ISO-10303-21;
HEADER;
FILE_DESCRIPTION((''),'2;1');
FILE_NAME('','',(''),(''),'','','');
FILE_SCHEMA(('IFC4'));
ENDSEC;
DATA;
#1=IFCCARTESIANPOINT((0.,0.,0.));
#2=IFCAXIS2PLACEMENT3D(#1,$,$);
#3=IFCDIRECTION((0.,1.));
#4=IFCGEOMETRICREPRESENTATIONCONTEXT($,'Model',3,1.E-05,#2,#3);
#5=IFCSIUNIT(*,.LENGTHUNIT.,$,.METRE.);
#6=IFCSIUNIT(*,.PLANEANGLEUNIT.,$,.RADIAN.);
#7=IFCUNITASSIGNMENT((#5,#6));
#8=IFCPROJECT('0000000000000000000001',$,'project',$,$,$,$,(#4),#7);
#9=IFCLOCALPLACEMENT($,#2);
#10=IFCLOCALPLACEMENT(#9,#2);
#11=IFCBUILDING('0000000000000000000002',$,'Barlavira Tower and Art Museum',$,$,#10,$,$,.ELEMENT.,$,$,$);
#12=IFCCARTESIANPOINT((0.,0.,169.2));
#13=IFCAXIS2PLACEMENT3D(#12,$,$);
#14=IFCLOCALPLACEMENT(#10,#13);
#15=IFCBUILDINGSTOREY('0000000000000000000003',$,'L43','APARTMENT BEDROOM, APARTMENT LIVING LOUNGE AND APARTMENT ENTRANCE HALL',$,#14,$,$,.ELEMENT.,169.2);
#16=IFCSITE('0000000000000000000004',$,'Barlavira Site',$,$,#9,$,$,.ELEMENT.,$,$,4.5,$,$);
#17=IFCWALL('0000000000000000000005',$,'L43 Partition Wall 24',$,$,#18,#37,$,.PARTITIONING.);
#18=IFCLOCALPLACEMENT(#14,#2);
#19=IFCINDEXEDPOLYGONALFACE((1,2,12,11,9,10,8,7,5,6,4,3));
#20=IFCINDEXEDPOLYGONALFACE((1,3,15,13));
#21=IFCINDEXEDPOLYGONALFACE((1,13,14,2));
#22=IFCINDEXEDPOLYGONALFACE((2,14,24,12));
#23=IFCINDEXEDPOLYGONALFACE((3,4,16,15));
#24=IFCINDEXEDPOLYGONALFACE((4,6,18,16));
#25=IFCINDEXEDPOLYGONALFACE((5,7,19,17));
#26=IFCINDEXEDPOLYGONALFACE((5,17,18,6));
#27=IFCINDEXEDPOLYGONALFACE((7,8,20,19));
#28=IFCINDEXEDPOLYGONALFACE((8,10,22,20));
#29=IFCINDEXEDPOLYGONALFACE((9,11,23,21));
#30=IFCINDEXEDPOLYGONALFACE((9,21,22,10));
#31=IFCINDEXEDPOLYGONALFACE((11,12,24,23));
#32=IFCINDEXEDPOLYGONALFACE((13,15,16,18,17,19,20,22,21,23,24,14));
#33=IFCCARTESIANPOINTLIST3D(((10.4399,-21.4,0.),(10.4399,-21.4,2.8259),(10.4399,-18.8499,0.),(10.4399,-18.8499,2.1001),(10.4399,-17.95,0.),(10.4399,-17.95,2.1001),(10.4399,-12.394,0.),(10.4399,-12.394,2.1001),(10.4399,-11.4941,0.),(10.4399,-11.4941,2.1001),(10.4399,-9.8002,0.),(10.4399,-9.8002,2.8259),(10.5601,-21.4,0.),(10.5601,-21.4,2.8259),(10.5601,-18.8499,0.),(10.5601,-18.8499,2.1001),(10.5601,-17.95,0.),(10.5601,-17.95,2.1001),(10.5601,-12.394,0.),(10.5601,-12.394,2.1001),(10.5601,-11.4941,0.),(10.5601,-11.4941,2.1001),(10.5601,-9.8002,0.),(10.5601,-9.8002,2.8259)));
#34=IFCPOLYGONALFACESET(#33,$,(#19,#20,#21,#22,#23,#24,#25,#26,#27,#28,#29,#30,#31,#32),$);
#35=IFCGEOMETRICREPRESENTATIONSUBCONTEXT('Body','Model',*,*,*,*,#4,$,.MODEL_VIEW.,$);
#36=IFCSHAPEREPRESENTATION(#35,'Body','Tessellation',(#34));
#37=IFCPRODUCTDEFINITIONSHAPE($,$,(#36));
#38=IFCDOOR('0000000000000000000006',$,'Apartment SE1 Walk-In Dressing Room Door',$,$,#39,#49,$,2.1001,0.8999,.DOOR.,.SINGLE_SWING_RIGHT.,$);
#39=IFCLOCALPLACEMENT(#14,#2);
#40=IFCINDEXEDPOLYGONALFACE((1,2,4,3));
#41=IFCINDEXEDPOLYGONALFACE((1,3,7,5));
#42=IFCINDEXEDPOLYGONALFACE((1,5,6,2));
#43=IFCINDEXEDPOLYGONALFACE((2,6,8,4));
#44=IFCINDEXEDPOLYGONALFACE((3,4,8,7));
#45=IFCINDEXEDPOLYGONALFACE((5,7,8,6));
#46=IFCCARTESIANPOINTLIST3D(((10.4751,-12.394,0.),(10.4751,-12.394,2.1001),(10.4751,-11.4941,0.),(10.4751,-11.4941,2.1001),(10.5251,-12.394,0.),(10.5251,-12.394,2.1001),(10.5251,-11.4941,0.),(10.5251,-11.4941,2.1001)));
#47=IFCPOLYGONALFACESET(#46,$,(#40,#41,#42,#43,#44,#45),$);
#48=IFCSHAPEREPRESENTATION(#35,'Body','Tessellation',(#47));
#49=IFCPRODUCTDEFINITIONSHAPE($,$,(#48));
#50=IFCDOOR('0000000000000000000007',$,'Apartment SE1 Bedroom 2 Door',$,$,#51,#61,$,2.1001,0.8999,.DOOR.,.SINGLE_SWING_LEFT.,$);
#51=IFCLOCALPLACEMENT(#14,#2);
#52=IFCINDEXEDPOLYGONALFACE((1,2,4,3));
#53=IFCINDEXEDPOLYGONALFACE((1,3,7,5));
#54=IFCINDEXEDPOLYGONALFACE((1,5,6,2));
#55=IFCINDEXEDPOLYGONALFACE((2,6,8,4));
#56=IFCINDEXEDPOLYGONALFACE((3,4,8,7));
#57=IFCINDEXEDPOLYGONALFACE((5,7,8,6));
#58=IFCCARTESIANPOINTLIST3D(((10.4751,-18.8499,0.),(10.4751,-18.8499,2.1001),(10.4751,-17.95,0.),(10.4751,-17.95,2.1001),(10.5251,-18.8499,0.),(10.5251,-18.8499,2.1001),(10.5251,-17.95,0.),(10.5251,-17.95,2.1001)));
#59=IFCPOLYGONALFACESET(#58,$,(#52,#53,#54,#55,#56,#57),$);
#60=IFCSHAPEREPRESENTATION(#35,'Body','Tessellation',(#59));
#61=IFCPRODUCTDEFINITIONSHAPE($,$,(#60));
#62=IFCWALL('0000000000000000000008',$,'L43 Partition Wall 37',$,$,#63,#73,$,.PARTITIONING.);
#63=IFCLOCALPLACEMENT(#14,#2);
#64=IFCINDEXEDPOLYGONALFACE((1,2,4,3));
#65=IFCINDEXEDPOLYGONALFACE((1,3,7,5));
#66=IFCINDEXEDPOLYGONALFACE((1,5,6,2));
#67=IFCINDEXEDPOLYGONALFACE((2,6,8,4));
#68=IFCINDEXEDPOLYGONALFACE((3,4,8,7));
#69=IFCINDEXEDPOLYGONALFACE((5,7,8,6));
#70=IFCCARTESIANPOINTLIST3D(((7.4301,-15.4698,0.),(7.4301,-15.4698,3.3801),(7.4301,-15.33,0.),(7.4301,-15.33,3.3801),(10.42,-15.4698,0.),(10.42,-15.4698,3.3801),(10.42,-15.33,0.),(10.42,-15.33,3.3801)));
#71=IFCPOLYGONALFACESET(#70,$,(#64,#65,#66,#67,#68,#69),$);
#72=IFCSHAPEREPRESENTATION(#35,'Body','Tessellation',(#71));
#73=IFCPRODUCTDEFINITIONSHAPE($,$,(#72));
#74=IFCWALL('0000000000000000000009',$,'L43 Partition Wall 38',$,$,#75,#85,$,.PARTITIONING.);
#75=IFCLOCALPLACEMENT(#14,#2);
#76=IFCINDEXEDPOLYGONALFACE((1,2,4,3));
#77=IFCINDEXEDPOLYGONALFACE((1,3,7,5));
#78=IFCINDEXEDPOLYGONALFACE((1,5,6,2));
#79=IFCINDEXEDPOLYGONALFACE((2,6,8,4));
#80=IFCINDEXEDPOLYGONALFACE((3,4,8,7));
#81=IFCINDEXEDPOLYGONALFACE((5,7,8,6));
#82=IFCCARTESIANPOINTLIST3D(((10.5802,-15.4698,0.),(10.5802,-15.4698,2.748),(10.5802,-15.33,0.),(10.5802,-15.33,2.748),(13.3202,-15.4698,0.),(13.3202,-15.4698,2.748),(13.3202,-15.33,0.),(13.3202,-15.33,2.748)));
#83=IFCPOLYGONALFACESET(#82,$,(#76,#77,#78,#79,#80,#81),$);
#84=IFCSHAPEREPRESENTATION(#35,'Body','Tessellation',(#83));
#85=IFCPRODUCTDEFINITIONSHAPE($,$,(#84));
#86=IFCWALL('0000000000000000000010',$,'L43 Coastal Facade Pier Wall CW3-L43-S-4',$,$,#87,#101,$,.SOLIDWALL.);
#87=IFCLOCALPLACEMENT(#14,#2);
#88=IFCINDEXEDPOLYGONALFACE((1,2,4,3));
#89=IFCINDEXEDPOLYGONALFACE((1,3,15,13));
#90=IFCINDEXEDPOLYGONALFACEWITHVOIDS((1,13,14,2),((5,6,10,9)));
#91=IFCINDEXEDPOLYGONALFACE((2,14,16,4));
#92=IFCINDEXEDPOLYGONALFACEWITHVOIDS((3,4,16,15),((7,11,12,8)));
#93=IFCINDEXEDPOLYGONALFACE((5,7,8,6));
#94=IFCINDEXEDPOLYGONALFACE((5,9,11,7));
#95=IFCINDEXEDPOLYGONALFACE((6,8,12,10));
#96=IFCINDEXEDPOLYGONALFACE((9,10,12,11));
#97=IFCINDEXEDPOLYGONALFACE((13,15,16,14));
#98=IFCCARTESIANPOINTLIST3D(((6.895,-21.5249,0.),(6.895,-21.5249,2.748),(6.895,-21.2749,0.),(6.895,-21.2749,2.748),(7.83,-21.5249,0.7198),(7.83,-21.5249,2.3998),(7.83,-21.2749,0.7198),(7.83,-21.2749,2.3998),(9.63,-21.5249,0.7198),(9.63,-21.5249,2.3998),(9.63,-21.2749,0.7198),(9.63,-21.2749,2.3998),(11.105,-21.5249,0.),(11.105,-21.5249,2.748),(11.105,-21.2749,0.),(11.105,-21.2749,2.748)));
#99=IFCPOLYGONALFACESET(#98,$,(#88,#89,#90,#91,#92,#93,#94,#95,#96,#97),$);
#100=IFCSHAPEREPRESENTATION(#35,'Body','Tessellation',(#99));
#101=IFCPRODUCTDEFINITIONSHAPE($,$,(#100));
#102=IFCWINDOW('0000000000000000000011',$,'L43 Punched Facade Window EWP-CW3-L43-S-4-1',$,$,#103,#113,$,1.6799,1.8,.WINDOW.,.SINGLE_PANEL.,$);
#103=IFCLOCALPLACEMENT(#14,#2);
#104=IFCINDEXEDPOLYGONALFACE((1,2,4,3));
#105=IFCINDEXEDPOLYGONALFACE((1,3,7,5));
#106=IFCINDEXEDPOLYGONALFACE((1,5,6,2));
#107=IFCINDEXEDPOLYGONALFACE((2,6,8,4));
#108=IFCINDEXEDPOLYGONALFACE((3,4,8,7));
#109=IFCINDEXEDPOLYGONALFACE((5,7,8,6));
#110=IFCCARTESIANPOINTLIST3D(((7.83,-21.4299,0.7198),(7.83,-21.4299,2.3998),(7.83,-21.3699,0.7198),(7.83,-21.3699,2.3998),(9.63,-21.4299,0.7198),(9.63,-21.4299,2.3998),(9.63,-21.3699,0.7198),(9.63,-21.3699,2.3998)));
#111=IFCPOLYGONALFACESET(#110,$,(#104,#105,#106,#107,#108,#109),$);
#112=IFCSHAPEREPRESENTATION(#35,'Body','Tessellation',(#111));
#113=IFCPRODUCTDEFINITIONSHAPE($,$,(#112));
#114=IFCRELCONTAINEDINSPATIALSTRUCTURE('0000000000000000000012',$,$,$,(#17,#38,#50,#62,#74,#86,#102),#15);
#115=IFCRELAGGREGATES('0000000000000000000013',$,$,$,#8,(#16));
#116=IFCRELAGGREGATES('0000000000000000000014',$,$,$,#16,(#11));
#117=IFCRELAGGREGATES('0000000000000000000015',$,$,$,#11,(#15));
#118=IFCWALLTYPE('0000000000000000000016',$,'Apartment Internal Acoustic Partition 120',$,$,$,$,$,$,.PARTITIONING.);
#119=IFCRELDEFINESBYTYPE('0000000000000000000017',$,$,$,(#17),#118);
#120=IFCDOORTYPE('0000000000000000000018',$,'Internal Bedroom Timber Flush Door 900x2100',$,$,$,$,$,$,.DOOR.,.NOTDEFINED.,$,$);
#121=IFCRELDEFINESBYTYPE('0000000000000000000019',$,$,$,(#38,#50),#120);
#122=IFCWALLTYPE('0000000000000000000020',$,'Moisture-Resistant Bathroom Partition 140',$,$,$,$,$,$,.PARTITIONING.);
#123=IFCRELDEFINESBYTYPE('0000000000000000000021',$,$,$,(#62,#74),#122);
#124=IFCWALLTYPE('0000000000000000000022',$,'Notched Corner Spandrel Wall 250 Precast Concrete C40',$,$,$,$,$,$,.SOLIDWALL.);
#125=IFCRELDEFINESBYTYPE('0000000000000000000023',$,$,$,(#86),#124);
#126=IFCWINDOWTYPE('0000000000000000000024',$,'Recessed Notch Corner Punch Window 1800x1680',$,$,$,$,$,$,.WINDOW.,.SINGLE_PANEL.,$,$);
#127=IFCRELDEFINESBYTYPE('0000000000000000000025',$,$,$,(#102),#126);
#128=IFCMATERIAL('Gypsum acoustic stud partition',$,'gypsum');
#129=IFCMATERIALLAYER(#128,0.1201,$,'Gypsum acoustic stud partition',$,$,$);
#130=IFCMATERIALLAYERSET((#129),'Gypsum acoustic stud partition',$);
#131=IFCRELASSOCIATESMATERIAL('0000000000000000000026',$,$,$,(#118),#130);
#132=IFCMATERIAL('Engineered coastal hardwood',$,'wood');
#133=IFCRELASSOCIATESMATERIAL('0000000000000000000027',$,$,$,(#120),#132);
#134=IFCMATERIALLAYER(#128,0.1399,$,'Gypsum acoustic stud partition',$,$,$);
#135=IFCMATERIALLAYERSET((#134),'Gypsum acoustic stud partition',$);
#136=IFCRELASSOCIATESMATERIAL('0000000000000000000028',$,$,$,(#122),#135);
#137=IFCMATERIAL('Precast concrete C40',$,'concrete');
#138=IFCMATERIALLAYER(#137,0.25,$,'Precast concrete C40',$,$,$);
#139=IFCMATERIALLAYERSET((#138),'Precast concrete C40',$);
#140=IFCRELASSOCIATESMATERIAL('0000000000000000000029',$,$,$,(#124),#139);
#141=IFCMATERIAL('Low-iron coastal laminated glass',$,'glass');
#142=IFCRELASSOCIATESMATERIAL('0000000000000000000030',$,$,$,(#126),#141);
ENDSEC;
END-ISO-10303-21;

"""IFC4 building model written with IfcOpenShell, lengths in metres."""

from ifc_helpers import new_model, si_unit, direction, frame, frame_2d, origin, place, context, subcontext, project, spatial, rectangle, extrude, material, layer, layer_set, type_object, element, fill, save


model = new_model("IFC4")

# Units and contexts
model_context = context("Model", 3, precision=1e-05, world=origin(), true_north=direction((0.0, 1.0)))
body_context = subcontext(model_context, "Body", "Model", "MODEL_VIEW")
ifc_project = project(units=[si_unit("LENGTHUNIT", "METRE"), si_unit("PLANEANGLEUNIT", "RADIAN")], contexts=[model_context])

# Site, building, storey
site_placement = place(None, origin())
site = spatial("IfcSite", under=ifc_project, at=site_placement, Name="Barlavira Site", CompositionType="ELEMENT", RefElevation=4.5)
building_placement = place(site_placement, origin())
building = spatial("IfcBuilding", under=site, at=building_placement, Name="Barlavira Tower and Art Museum", CompositionType="ELEMENT")
storey_placement = place(building_placement, frame((0.0, 0.0, 169.2)))
storey = spatial("IfcBuildingStorey", under=building, at=storey_placement, Name="L43", Description="APARTMENT BEDROOM, APARTMENT LIVING LOUNGE AND APARTMENT ENTRANCE HALL", CompositionType="ELEMENT", Elevation=169.2)

# Shared definitions
ifc_material_1 = material(Name="Gypsum acoustic stud partition", Category="gypsum")
ifc_layer_1 = layer(ifc_material_1, 0.1201, Name="Gypsum acoustic stud partition")
ifc_layer_set_1 = layer_set([ifc_layer_1], Name="Gypsum acoustic stud partition")
wall_type_1 = type_object("IfcWallType", Name="Apartment Internal Acoustic Partition 120", PredefinedType="PARTITIONING", material=ifc_layer_set_1)
ifc_material_2 = material(Name="Engineered coastal hardwood", Category="wood")

# Wall, openings, doors
wall_1_placement = place(storey_placement, frame((10.5, -21.3999, 0.0), z_axis=(0.0, 0.0, 1.0), x_axis=(0.0, 1.0, 0.0)))
wall_1 = element("IfcWall", 1, at=wall_1_placement, inside=storey, type_object=wall_type_1, Name="L43 Partition Wall 24", PredefinedType="PARTITIONING", context=body_context, shape_type="SweptSolid", body=[
    extrude(rectangle(XDim=11.5999, YDim=0.1201, at=frame_2d((5.7998, 0.0))), origin(), (0.0, 0.0, 1.0), 2.8259),
])
opening_1_placement = place(wall_1_placement, frame((9.0059, 0.0, 0.0)))
opening_1 = element("IfcOpeningElement", 2, at=opening_1_placement, cuts=wall_1, PredefinedType="OPENING", context=body_context, shape_type="SweptSolid", body=[
    extrude(rectangle(XDim=0.8999, YDim=2.1001, at=frame_2d((0.45, 1.05))), frame((0.0, 0.0701, 0.0), z_axis=(0.0, -1.0, 0.0), x_axis=(1.0, 0.0, 0.0)), (0.0, 0.0, 1.0), 0.1401),
])
opening_2_placement = place(wall_1_placement, frame((2.55, 0.0, 0.0)))
opening_2 = element("IfcOpeningElement", 3, at=opening_2_placement, cuts=wall_1, PredefinedType="OPENING", context=body_context, shape_type="SweptSolid", body=[
    extrude(rectangle(XDim=0.8999, YDim=2.1001, at=frame_2d((0.45, 1.05))), frame((0.0, 0.0701, 0.0), z_axis=(0.0, -1.0, 0.0), x_axis=(1.0, 0.0, 0.0)), (0.0, 0.0, 1.0), 0.1401),
])
door_type_1 = type_object("IfcDoorType", Name="Internal Bedroom Timber Flush Door 900x2100", OperationType="NOTDEFINED", PredefinedType="DOOR", material=ifc_material_2)
door_1_placement = place(opening_1_placement, origin())
door_1 = element("IfcDoor", 4, at=door_1_placement, inside=storey, type_object=door_type_1, Name="Apartment SE1 Walk-In Dressing Room Door", OperationType="SINGLE_SWING_RIGHT", OverallHeight=2.1001, OverallWidth=0.8999, PredefinedType="DOOR", context=body_context, shape_type="SweptSolid", body=[
    extrude(rectangle(XDim=0.8999, YDim=2.1001, at=frame_2d((0.45, 1.05))), frame((0.0, 0.0249, 0.0), z_axis=(0.0, -1.0, 0.0), x_axis=(1.0, 0.0, 0.0)), (0.0, 0.0, 1.0), 0.05),
])
fill(opening_1, door_1)
door_2_placement = place(opening_2_placement, origin())
door_2 = element("IfcDoor", 5, at=door_2_placement, inside=storey, type_object=door_type_1, Name="Apartment SE1 Bedroom 2 Door", OperationType="SINGLE_SWING_LEFT", OverallHeight=2.1001, OverallWidth=0.8999, PredefinedType="DOOR", context=body_context, shape_type="SweptSolid", body=[
    extrude(rectangle(XDim=0.8999, YDim=2.1001, at=frame_2d((0.45, 1.05))), frame((0.0, 0.0249, 0.0), z_axis=(0.0, -1.0, 0.0), x_axis=(1.0, 0.0, 0.0)), (0.0, 0.0, 1.0), 0.05),
])
fill(opening_2, door_2)

# Walls
ifc_layer_2 = layer(ifc_material_1, 0.1399, Name="Gypsum acoustic stud partition")
ifc_layer_set_2 = layer_set([ifc_layer_2], Name="Gypsum acoustic stud partition")
wall_type_2 = type_object("IfcWallType", Name="Moisture-Resistant Bathroom Partition 140", PredefinedType="PARTITIONING", material=ifc_layer_set_2)
wall_2_placement = place(storey_placement, frame((7.4299, -15.3999, 0.0), z_axis=(0.0, 0.0, 1.0), x_axis=(1.0, 0.0, 0.0)))
element("IfcWall", 6, at=wall_2_placement, inside=storey, type_object=wall_type_2, Name="L43 Partition Wall 37", PredefinedType="PARTITIONING", context=body_context, shape_type="SweptSolid", body=[
    extrude(rectangle(XDim=2.99, YDim=0.1399, at=frame_2d((1.4951, 0.0))), origin(), (0.0, 0.0, 1.0), 3.3801),
])
wall_3_placement = place(storey_placement, frame((10.5801, -15.3999, 0.0), z_axis=(0.0, 0.0, 1.0), x_axis=(1.0, 0.0, 0.0)))
element("IfcWall", 7, at=wall_3_placement, inside=storey, type_object=wall_type_2, Name="L43 Partition Wall 38", PredefinedType="PARTITIONING", context=body_context, shape_type="SweptSolid", body=[
    extrude(rectangle(XDim=2.74, YDim=0.1399, at=frame_2d((1.3701, 0.0))), origin(), (0.0, 0.0, 1.0), 2.748),
])

# Wall, opening, window
ifc_material_3 = material(Name="Precast concrete C40", Category="concrete")
ifc_layer_3 = layer(ifc_material_3, 0.25, Name="Precast concrete C40")
ifc_layer_set_3 = layer_set([ifc_layer_3], Name="Precast concrete C40")
wall_type_3 = type_object("IfcWallType", Name="Notched Corner Spandrel Wall 250 Precast Concrete C40", PredefinedType="SOLIDWALL", material=ifc_layer_set_3)
wall_4_placement = place(storey_placement, frame((6.895, -21.3999, 0.0), z_axis=(0.0, 0.0, 1.0), x_axis=(1.0, 0.0, 0.0)))
wall_4 = element("IfcWall", 8, at=wall_4_placement, inside=storey, type_object=wall_type_3, Name="L43 Coastal Facade Pier Wall CW3-L43-S-4", PredefinedType="SOLIDWALL", context=body_context, shape_type="SweptSolid", body=[
    extrude(rectangle(XDim=4.21, YDim=0.25, at=frame_2d((2.105, 0.0))), origin(), (0.0, 0.0, 1.0), 2.748),
])
opening_3_placement = place(wall_4_placement, frame((0.9351, 0.0, 0.72)))
opening_3 = element("IfcOpeningElement", 9, at=opening_3_placement, cuts=wall_4, PredefinedType="OPENING", context=body_context, shape_type="SweptSolid", body=[
    extrude(rectangle(XDim=1.8, YDim=1.6799, at=frame_2d((0.8999, 0.8398))), frame((0.0, 0.135, 0.0), z_axis=(0.0, -1.0, 0.0), x_axis=(1.0, 0.0, 0.0)), (0.0, 0.0, 1.0), 0.27),
])
ifc_material_4 = material(Name="Low-iron coastal laminated glass", Category="glass")
window_type = type_object("IfcWindowType", Name="Recessed Notch Corner Punch Window 1800x1680", PartitioningType="SINGLE_PANEL", PredefinedType="WINDOW", material=ifc_material_4)
window_placement = place(opening_3_placement, origin())
window = element("IfcWindow", 10, at=window_placement, inside=storey, type_object=window_type, Name="L43 Punched Facade Window EWP-CW3-L43-S-4-1", OverallHeight=1.6799, OverallWidth=1.8, PartitioningType="SINGLE_PANEL", PredefinedType="WINDOW", context=body_context, shape_type="SweptSolid", body=[
    extrude(rectangle(XDim=1.8, YDim=1.6799, at=frame_2d((0.8999, 0.8398))), frame((0.0, 0.03, 0.0), z_axis=(0.0, -1.0, 0.0), x_axis=(1.0, 0.0, 0.0)), (0.0, 0.0, 1.0), 0.0601),
])
fill(opening_3, window)

save(model, "model.ifc")
